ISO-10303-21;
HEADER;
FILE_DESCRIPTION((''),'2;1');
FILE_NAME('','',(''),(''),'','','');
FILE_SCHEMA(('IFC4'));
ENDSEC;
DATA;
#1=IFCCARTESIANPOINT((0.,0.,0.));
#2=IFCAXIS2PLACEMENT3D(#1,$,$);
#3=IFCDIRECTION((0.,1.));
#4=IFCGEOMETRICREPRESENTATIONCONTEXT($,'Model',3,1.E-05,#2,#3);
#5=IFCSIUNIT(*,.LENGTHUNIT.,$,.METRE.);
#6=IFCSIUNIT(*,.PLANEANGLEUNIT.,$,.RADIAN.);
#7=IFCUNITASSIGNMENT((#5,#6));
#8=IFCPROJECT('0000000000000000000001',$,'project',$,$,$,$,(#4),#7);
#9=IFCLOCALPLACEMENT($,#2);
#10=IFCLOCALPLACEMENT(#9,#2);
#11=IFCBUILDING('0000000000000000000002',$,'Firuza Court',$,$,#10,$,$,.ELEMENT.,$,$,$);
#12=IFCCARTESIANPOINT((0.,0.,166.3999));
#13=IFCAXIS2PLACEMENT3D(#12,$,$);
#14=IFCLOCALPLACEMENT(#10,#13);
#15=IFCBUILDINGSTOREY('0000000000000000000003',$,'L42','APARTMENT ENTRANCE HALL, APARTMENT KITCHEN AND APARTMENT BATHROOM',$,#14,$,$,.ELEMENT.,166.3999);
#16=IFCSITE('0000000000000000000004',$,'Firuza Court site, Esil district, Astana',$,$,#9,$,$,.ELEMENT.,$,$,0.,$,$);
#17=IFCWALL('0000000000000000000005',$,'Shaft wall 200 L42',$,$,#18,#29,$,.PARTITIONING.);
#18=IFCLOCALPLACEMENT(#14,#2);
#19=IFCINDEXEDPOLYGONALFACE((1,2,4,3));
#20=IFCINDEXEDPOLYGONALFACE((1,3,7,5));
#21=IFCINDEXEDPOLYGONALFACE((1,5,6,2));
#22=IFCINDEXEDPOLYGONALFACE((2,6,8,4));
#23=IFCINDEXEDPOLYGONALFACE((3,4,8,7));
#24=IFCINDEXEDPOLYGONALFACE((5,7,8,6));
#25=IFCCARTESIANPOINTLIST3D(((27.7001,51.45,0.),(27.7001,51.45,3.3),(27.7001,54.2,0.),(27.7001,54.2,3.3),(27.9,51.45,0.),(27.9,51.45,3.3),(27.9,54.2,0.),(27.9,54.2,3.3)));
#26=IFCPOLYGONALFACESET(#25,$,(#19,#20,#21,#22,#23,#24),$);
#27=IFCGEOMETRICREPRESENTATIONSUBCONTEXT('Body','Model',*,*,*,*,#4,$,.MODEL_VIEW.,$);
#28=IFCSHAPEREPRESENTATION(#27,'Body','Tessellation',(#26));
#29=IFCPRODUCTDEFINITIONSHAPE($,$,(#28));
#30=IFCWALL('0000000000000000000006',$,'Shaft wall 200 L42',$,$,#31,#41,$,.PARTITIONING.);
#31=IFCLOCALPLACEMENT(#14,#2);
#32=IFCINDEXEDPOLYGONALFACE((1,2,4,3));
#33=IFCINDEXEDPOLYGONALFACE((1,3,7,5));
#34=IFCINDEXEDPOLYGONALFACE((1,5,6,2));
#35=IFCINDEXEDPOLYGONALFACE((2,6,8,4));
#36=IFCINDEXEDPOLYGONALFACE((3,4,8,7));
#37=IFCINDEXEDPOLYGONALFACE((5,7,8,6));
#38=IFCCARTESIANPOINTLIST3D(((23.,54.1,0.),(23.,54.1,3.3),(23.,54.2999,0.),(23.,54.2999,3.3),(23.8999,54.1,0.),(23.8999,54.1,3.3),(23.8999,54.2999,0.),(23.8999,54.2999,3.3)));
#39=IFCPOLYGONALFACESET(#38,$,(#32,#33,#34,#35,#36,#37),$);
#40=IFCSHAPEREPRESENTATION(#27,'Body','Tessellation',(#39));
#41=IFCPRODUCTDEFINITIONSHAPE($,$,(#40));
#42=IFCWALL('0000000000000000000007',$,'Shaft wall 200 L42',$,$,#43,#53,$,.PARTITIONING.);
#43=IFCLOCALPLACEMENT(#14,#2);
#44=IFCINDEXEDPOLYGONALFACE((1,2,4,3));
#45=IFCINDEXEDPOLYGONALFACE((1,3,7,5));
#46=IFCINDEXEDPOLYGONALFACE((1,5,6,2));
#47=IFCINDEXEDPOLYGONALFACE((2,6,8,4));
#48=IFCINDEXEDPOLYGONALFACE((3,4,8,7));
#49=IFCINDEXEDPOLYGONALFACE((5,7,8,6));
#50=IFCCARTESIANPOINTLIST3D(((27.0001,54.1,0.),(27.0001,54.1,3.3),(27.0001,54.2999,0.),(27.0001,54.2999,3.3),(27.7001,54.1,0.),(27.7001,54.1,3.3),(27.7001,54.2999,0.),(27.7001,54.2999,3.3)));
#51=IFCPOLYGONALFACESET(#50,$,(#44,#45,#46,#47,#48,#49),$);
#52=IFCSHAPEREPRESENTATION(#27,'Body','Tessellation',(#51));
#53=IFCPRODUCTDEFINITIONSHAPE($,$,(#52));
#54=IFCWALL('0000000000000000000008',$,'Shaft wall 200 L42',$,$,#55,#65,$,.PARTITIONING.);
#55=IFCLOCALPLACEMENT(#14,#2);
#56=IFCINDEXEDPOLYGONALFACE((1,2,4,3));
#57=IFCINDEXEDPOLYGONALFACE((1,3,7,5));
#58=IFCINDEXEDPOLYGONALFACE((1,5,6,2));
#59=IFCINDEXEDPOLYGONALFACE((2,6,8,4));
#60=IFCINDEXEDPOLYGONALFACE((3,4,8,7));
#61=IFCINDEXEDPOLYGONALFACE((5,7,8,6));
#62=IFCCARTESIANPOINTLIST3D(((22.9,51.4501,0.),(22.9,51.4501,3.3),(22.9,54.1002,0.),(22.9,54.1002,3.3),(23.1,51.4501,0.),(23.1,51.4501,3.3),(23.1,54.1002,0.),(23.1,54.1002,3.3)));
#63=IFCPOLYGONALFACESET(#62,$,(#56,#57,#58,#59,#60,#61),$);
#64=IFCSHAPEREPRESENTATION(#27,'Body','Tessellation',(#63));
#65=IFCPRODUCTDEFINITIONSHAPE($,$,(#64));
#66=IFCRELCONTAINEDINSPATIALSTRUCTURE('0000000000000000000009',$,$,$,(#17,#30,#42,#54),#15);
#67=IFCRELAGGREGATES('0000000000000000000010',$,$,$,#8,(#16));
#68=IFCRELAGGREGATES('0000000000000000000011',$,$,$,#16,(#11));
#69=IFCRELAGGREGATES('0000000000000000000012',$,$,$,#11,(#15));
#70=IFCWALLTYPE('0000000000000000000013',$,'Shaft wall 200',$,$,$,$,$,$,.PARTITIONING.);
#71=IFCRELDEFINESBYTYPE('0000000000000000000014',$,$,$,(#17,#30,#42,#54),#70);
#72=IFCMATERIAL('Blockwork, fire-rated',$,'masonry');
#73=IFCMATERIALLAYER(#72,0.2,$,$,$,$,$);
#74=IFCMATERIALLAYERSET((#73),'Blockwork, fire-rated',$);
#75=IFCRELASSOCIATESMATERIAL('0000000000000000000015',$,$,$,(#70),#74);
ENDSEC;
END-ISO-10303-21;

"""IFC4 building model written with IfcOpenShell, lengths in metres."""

from ifc_helpers import new_model, si_unit, direction, frame, frame_2d, origin, place, context, subcontext, project, spatial, rectangle, extrude, material, layer, layer_set, type_object, element, save


model = new_model("IFC4")

# Units and contexts
model_context = context("Model", 3, precision=1e-05, world=origin(), true_north=direction((0.0, 1.0)))
body_context = subcontext(model_context, "Body", "Model", "MODEL_VIEW")
ifc_project = project(units=[si_unit("LENGTHUNIT", "METRE"), si_unit("PLANEANGLEUNIT", "RADIAN")], contexts=[model_context])

# Site, building, storey
site_placement = place(None, origin())
site = spatial("IfcSite", under=ifc_project, at=site_placement, Name="Firuza Court site, Esil district, Astana", CompositionType="ELEMENT", RefElevation=0.0)
building_placement = place(site_placement, origin())
building = spatial("IfcBuilding", under=site, at=building_placement, Name="Firuza Court", CompositionType="ELEMENT")
storey_placement = place(building_placement, frame((0.0, 0.0, 166.3999)))
storey = spatial("IfcBuildingStorey", under=building, at=storey_placement, Name="L42", Description="APARTMENT ENTRANCE HALL, APARTMENT KITCHEN AND APARTMENT BATHROOM", CompositionType="ELEMENT", Elevation=166.3999)

# Shared definitions
ifc_material_1 = material(Name="Blockwork, fire-rated", Category="masonry")

# Shared definitions
ifc_layer_1 = layer(ifc_material_1, 0.2)
ifc_layer_set_1 = layer_set([ifc_layer_1], Name="Blockwork, fire-rated")
wall_type_1 = type_object("IfcWallType", Name="Shaft wall 200", PredefinedType="PARTITIONING", material=ifc_layer_set_1)

# Walls
wall_1_placement = place(storey_placement, frame((27.8, 51.45, 0.0), z_axis=(0.0, 0.0, 1.0), x_axis=(0.0, 1.0, 0.0)))
element("IfcWall", 1, at=wall_1_placement, inside=storey, type_object=wall_type_1, Name="Shaft wall 200 L42", PredefinedType="PARTITIONING", context=body_context, shape_type="SweptSolid", body=[
    extrude(rectangle(XDim=2.75, YDim=0.2, at=frame_2d((1.375, 0.0))), origin(), (0.0, 0.0, 1.0), 3.3),
])
wall_2_placement = place(storey_placement, frame((23.0, 54.2, 0.0), z_axis=(0.0, 0.0, 1.0), x_axis=(1.0, 0.0, 0.0)))
element("IfcWall", 2, at=wall_2_placement, inside=storey, type_object=wall_type_1, Name="Shaft wall 200 L42", PredefinedType="PARTITIONING", context=body_context, shape_type="SweptSolid", body=[
    extrude(rectangle(XDim=0.8999, YDim=0.2, at=frame_2d((0.45, 0.0))), origin(), (0.0, 0.0, 1.0), 3.3),
])
wall_3_placement = place(storey_placement, frame((27.0, 54.2, 0.0), z_axis=(0.0, 0.0, 1.0), x_axis=(1.0, 0.0, 0.0)))
element("IfcWall", 3, at=wall_3_placement, inside=storey, type_object=wall_type_1, Name="Shaft wall 200 L42", PredefinedType="PARTITIONING", context=body_context, shape_type="SweptSolid", body=[
    extrude(rectangle(XDim=0.7, YDim=0.2, at=frame_2d((0.3501, 0.0))), origin(), (0.0, 0.0, 1.0), 3.3),
])
wall_4_placement = place(storey_placement, frame((23.0, 51.45, 0.0), z_axis=(0.0, 0.0, 1.0), x_axis=(0.0, 1.0, 0.0)))
element("IfcWall", 4, at=wall_4_placement, inside=storey, type_object=wall_type_1, Name="Shaft wall 200 L42", PredefinedType="PARTITIONING", context=body_context, shape_type="SweptSolid", body=[
    extrude(rectangle(XDim=2.6501, YDim=0.2, at=frame_2d((1.3252, 0.0))), origin(), (0.0, 0.0, 1.0), 3.3),
])

save(model, "model.ifc")
